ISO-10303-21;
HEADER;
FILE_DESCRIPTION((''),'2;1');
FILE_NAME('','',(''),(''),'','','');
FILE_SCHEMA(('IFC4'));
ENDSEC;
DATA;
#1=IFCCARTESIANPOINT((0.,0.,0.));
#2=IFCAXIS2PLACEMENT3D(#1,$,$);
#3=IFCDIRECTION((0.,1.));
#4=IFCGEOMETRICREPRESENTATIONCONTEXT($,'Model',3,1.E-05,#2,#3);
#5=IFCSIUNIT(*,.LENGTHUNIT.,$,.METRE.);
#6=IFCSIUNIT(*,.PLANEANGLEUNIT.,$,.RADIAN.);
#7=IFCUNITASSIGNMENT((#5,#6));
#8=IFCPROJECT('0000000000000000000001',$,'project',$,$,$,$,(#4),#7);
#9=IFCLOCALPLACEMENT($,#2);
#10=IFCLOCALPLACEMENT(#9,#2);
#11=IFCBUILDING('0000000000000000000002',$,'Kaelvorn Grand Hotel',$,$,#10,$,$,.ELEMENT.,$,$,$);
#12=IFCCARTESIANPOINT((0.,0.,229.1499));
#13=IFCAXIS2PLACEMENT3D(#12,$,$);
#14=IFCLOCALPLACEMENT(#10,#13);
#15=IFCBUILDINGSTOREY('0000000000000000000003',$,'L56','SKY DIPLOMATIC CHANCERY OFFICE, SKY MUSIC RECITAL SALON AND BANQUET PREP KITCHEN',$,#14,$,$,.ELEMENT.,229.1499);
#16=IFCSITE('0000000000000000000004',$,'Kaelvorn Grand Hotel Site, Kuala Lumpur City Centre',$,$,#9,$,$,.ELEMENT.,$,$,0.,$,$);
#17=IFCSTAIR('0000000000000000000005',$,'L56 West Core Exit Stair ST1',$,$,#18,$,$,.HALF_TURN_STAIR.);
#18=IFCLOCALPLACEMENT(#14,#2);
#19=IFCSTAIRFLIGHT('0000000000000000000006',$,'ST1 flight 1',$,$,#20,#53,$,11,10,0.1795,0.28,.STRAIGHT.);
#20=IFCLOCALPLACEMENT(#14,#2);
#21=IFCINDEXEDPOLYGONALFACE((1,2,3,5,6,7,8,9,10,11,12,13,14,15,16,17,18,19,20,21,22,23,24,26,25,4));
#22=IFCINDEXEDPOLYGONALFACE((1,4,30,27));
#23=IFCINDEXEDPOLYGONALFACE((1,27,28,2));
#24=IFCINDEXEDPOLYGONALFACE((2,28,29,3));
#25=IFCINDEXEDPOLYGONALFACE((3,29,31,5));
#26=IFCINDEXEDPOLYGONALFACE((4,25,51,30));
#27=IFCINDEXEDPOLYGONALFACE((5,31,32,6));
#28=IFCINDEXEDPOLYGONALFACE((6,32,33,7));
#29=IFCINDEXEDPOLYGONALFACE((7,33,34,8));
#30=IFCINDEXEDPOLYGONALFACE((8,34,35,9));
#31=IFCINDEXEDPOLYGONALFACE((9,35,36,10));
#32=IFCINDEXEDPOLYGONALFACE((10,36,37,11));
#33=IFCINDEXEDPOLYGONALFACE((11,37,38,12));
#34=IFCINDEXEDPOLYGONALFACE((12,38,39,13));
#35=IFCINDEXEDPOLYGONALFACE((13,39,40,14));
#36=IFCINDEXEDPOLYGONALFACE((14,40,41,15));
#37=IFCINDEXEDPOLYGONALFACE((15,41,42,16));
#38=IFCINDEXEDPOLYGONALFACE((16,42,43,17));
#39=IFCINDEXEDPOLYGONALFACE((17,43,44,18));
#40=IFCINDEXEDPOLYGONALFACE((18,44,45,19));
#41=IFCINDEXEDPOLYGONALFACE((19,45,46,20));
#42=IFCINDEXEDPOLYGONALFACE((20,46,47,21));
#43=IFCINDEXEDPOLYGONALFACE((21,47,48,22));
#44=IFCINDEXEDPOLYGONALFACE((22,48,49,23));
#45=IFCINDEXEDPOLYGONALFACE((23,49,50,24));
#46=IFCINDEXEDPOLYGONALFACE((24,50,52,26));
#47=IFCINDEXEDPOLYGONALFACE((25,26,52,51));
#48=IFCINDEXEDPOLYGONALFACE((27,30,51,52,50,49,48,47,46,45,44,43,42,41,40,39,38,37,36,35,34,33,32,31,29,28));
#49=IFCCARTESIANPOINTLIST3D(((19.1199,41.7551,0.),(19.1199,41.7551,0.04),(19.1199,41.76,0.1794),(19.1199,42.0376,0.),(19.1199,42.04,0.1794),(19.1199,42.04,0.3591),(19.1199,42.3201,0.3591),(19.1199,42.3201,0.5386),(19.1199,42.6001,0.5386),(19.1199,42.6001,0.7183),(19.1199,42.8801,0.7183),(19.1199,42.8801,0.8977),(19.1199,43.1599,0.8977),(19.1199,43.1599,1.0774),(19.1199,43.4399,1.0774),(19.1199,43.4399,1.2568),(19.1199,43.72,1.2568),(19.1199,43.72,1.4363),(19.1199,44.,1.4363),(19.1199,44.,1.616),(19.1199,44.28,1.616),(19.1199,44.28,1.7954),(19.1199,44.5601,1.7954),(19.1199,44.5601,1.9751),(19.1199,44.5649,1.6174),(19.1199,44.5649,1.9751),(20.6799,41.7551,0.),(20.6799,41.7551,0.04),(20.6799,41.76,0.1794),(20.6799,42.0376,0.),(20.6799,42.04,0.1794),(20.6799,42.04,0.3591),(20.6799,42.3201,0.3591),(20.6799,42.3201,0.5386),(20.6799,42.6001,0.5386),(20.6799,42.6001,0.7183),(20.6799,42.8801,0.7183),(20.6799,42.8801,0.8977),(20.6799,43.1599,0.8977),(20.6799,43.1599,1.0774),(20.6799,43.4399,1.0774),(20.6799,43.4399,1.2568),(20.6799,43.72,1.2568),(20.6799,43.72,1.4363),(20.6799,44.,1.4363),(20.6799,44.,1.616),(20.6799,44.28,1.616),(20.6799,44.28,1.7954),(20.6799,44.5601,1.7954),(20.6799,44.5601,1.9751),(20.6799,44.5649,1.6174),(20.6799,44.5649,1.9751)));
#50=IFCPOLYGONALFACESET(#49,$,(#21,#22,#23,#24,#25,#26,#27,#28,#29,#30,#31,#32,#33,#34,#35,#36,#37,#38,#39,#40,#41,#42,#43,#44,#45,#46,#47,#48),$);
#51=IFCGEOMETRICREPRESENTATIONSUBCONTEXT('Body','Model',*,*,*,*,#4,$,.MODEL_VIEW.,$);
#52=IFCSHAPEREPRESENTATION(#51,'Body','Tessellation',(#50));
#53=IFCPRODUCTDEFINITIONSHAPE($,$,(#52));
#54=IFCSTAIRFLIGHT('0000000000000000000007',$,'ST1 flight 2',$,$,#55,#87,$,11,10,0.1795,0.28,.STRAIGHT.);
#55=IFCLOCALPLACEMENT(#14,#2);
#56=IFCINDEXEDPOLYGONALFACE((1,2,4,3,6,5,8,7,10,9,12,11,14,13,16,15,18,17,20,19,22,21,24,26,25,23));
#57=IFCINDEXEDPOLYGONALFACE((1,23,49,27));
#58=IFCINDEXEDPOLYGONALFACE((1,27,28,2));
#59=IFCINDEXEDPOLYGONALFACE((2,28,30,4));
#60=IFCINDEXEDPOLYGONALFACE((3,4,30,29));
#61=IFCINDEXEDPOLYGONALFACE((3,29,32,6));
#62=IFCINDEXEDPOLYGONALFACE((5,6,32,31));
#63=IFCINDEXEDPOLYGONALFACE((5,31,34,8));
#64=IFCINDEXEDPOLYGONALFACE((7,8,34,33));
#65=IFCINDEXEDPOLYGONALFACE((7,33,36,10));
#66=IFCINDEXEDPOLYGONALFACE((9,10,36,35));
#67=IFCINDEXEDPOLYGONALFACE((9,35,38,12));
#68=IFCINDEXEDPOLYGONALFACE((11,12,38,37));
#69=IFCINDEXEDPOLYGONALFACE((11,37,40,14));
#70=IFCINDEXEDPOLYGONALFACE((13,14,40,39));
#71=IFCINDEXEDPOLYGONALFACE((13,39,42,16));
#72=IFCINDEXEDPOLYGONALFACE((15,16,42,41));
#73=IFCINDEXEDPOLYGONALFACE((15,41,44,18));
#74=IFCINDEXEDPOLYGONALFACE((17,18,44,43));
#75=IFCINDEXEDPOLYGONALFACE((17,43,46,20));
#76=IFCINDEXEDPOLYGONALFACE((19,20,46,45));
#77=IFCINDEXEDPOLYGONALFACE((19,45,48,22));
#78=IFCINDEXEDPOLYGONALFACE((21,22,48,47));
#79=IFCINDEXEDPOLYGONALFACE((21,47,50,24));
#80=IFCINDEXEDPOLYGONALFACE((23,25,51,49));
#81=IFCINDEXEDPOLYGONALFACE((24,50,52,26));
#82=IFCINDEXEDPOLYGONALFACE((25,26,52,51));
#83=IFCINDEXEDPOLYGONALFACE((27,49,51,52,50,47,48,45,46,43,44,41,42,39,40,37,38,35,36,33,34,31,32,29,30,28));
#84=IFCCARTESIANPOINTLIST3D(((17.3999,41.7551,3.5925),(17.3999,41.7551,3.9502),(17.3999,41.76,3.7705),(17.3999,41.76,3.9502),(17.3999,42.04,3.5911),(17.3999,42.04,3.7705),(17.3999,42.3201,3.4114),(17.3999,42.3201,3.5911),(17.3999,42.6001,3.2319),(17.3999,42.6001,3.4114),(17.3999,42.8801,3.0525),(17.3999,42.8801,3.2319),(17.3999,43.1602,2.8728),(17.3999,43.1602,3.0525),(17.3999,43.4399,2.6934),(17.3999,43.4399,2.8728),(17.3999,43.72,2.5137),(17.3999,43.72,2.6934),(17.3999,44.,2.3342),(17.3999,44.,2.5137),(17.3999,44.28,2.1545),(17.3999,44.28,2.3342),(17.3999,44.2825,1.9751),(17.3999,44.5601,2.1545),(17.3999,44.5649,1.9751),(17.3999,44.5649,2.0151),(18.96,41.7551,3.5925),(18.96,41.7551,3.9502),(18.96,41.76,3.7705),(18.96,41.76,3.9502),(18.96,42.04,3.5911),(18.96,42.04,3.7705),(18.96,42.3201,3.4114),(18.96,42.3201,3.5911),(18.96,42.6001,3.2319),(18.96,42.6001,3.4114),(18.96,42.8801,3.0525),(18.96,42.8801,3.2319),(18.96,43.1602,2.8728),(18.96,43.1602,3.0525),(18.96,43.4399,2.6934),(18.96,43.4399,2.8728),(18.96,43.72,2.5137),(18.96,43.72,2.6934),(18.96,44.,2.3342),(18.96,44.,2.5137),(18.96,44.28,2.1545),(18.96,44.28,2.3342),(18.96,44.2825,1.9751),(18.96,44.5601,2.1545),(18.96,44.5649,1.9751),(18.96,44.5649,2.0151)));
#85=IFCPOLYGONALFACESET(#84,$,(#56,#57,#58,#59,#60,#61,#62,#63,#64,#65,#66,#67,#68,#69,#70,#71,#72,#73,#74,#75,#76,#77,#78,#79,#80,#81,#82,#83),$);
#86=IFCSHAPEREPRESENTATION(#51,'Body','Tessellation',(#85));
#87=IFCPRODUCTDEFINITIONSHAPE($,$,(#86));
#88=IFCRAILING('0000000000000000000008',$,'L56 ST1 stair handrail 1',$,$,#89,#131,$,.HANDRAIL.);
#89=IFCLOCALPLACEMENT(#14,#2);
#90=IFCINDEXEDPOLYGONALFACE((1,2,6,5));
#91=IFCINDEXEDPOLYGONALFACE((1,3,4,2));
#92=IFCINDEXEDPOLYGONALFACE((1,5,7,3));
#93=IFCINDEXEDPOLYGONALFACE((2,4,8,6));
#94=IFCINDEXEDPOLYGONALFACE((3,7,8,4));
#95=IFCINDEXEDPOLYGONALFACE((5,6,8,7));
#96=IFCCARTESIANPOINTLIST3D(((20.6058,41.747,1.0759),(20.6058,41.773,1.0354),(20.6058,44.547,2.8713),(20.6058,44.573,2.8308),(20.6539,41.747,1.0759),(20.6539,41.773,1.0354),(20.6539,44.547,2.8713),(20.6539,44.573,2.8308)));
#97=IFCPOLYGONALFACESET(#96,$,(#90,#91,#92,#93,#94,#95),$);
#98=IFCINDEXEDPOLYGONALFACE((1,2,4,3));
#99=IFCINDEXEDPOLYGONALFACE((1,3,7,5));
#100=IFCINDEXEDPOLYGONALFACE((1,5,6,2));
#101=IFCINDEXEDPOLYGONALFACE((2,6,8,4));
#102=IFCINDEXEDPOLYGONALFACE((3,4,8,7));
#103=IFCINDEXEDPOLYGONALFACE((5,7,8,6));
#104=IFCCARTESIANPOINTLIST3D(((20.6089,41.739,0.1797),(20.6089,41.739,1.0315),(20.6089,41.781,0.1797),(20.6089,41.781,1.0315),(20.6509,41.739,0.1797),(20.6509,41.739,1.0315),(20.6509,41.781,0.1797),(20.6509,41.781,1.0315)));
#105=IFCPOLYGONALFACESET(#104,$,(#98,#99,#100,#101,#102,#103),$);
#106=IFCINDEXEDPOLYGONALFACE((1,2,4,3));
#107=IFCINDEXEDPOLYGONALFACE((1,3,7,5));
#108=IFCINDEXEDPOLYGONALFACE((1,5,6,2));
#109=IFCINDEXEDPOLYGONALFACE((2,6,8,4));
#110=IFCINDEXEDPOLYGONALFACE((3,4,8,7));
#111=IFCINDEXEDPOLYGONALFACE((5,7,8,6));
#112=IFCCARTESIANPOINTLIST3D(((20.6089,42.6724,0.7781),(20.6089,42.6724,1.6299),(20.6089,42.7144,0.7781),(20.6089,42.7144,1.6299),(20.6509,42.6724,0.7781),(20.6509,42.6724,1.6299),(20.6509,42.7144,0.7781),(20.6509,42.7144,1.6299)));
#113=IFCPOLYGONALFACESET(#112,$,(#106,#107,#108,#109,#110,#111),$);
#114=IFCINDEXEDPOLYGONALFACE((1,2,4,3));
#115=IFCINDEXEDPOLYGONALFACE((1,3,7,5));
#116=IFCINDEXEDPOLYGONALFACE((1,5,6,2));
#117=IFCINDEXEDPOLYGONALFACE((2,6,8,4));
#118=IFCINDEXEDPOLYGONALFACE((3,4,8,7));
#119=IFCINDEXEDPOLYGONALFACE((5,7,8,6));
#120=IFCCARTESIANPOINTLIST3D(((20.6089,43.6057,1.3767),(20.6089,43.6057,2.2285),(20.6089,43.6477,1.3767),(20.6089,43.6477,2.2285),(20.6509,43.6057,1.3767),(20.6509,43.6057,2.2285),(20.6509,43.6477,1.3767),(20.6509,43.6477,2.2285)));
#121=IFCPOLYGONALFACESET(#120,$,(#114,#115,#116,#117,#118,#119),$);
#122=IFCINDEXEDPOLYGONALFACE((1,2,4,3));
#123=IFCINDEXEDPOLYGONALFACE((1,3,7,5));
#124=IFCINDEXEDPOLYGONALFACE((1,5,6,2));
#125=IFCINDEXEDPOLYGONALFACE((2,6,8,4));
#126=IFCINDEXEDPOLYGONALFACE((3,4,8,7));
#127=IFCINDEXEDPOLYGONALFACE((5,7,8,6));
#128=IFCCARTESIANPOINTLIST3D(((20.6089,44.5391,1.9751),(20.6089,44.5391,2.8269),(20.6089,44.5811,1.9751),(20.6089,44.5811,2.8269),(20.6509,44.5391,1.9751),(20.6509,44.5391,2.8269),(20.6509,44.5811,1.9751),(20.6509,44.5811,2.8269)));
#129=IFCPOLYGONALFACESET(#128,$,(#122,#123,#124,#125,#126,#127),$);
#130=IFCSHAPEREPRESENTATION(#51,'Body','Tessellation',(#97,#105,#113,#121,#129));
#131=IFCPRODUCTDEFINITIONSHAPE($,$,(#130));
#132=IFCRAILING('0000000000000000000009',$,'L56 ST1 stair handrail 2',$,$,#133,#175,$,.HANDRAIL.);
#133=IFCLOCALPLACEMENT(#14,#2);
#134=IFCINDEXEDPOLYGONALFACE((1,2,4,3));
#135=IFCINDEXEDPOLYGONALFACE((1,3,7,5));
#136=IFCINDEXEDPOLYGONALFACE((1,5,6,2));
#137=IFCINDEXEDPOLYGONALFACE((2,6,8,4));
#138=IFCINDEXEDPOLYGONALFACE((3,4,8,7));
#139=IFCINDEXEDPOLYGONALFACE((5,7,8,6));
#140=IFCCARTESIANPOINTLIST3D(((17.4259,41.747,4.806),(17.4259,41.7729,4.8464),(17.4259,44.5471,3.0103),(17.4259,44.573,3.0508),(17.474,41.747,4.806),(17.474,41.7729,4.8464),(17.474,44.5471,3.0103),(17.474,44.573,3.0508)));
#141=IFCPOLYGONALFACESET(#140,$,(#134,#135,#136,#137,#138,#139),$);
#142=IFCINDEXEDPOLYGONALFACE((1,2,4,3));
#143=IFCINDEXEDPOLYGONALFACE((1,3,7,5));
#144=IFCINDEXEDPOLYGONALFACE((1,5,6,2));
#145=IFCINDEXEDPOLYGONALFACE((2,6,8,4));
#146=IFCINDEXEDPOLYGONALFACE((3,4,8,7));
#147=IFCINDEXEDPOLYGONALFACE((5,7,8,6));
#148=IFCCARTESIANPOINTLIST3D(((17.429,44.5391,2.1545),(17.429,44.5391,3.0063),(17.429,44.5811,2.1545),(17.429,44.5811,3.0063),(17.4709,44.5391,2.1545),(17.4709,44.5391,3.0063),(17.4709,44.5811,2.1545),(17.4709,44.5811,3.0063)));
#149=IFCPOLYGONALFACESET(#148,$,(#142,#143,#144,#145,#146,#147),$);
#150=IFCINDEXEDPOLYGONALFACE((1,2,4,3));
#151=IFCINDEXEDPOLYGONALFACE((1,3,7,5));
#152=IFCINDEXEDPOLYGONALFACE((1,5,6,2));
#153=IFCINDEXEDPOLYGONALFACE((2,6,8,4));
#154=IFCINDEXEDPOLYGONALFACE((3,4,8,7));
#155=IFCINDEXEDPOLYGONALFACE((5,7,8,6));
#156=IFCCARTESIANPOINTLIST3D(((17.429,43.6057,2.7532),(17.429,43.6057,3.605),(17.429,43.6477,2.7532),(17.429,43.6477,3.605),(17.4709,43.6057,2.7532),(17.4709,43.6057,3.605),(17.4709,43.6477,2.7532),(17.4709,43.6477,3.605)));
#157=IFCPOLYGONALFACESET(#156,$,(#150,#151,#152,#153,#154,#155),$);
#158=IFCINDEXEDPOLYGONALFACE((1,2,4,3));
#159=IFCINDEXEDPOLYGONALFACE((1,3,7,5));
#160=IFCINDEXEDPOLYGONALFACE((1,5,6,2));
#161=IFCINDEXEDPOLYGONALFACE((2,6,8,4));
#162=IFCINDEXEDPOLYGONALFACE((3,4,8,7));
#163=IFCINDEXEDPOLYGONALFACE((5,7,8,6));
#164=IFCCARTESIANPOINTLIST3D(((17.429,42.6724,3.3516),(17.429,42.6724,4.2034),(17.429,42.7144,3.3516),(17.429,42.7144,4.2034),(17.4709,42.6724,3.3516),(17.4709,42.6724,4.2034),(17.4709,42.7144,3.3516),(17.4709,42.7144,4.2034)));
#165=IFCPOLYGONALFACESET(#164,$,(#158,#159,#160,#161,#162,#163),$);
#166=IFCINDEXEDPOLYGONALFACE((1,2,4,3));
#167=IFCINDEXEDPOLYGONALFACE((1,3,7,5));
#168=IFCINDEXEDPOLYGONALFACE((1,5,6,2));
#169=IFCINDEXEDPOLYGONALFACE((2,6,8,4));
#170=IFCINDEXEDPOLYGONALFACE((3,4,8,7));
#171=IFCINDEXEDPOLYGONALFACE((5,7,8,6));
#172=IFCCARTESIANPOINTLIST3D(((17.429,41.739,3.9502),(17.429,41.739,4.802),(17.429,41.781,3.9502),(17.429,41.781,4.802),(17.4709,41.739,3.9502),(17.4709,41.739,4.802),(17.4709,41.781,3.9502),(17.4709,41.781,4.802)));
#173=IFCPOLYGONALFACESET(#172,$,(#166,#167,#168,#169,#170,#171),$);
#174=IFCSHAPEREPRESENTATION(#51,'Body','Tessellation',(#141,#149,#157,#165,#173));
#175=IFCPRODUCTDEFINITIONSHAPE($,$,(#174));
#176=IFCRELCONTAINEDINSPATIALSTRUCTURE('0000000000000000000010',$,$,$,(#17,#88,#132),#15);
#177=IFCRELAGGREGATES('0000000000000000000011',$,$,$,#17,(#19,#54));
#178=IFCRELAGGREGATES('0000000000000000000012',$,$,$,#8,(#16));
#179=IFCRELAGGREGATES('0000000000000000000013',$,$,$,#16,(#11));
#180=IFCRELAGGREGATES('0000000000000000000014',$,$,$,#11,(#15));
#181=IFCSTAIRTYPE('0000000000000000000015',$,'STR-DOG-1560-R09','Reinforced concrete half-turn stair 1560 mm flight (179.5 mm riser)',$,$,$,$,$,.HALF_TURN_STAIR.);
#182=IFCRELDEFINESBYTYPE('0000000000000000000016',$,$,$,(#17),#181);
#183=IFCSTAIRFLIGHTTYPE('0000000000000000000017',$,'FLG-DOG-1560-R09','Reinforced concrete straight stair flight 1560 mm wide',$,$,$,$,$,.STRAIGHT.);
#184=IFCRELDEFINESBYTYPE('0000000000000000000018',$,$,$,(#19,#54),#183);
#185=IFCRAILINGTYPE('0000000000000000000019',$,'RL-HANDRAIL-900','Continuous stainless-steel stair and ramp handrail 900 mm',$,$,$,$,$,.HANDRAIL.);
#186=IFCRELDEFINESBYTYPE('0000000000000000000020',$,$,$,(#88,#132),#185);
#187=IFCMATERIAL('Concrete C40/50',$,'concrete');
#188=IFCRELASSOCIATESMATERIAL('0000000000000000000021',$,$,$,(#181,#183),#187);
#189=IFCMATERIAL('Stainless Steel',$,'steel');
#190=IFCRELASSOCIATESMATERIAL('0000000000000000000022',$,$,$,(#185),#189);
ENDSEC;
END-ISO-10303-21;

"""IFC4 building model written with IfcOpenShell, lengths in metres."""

from ifc_helpers import new_model, si_unit, direction, frame, origin, origin_2d, place, context, subcontext, project, spatial, polyline, rectangle, outline, extrude, material, type_object, element, aggregate, save


model = new_model("IFC4")

# Units and contexts
model_context = context("Model", 3, precision=1e-05, world=origin(), true_north=direction((0.0, 1.0)))
body_context = subcontext(model_context, "Body", "Model", "MODEL_VIEW")
ifc_project = project(units=[si_unit("LENGTHUNIT", "METRE"), si_unit("PLANEANGLEUNIT", "RADIAN")], contexts=[model_context])

# Site, building, storey
site_placement = place(None, origin())
site = spatial("IfcSite", under=ifc_project, at=site_placement, Name="Kaelvorn Grand Hotel Site, Kuala Lumpur City Centre", CompositionType="ELEMENT", RefElevation=0.0)
building_placement = place(site_placement, origin())
building = spatial("IfcBuilding", under=site, at=building_placement, Name="Kaelvorn Grand Hotel", CompositionType="ELEMENT")
storey_placement = place(building_placement, frame((0.0, 0.0, 229.1499)))
storey = spatial("IfcBuildingStorey", under=building, at=storey_placement, Name="L56", Description="SKY DIPLOMATIC CHANCERY OFFICE, SKY MUSIC RECITAL SALON AND BANQUET PREP KITCHEN", CompositionType="ELEMENT", Elevation=229.1499)

# Shared definitions
ifc_material_1 = material(Name="Concrete C40/50", Category="concrete")

# Stair, stair flights
stair_type = type_object("IfcStairType", Name="STR-DOG-1560-R09", Description="Reinforced concrete half-turn stair 1560 mm flight (179.5 mm riser)", PredefinedType="HALF_TURN_STAIR", material=ifc_material_1)
stair_placement = place(storey_placement, origin())
stair = element("IfcStair", 1, at=stair_placement, inside=storey, type_object=stair_type, Name="L56 West Core Exit Stair ST1", PredefinedType="HALF_TURN_STAIR")
stair_flight_type = type_object("IfcStairFlightType", Name="FLG-DOG-1560-R09", Description="Reinforced concrete straight stair flight 1560 mm wide", PredefinedType="STRAIGHT", material=ifc_material_1)
stair_flight_1_placement = place(storey_placement, frame((19.8999, 41.76, 0.0), z_axis=(0.0, 0.0, 1.0), x_axis=(0.0, 1.0, 0.0)))
stair_flight_1 = element("IfcStairFlight", 2, at=stair_flight_1_placement, type_object=stair_flight_type, Name="ST1 flight 1", NumberOfRisers=11, NumberOfTreads=10, PredefinedType="STRAIGHT", RiserHeight=0.1795, TreadLength=0.28, context=body_context, shape_type="SweptSolid", body=[
    extrude(outline(polyline([(-0.0049, 0.0), (-0.0049, 0.04), (0.0, 0.1794), (0.28, 0.1794), (0.28, 0.3591), (0.5601, 0.3591), (0.5601, 0.5386), (0.8401, 0.5386), (0.8401, 0.7183), (1.1201, 0.7183), (1.1201, 0.8977), (1.3999, 0.8977), (1.3999, 1.0774), (1.6799, 1.0774), (1.6799, 1.2568), (1.96, 1.2568), (1.96, 1.4363), (2.24, 1.4363), (2.24, 1.616), (2.52, 1.616), (2.52, 1.7954), (2.8, 1.7954), (2.8, 1.9751), (2.8049, 1.9751), (2.8049, 1.6174), (0.2776, 0.0), (-0.0049, 0.0)])), frame((0.0, 0.78, 0.0), z_axis=(0.0, -1.0, 0.0), x_axis=(1.0, 0.0, 0.0)), (0.0, 0.0, 1.0), 1.5601),
])
stair_flight_2_placement = place(storey_placement, frame((18.1799, 44.5601, 1.9751), z_axis=(0.0, 0.0, 1.0), x_axis=(0.0, -1.0, 0.0)))
stair_flight_2 = element("IfcStairFlight", 3, at=stair_flight_2_placement, type_object=stair_flight_type, Name="ST1 flight 2", NumberOfRisers=11, NumberOfTreads=10, PredefinedType="STRAIGHT", RiserHeight=0.1795, TreadLength=0.28, context=body_context, shape_type="SweptSolid", body=[
    extrude(outline(polyline([(-0.0049, 0.0), (-0.0049, 0.04), (0.0, 0.1794), (0.28, 0.1794), (0.28, 0.3591), (0.5601, 0.3591), (0.5601, 0.5386), (0.8401, 0.5386), (0.8401, 0.7183), (1.1201, 0.7183), (1.1201, 0.8977), (1.3999, 0.8977), (1.3999, 1.0774), (1.6799, 1.0774), (1.6799, 1.2568), (1.96, 1.2568), (1.96, 1.4363), (2.24, 1.4363), (2.24, 1.616), (2.52, 1.616), (2.52, 1.7954), (2.8, 1.7954), (2.8, 1.9751), (2.8049, 1.9751), (2.8049, 1.6174), (0.2776, 0.0), (-0.0049, 0.0)])), frame((0.0, 0.78, 0.0), z_axis=(0.0, -1.0, 0.0), x_axis=(1.0, 0.0, 0.0)), (0.0, 0.0, 1.0), 1.5601),
])
aggregate(stair, [stair_flight_1, stair_flight_2])

# Railings
ifc_material_2 = material(Name="Stainless Steel", Category="steel")
railing_type_1 = type_object("IfcRailingType", Name="RL-HANDRAIL-900", Description="Continuous stainless-steel stair and ramp handrail 900 mm", PredefinedType="HANDRAIL", material=ifc_material_2)
railing_1_placement = place(storey_placement, frame((20.6299, 41.76, 0.1797)))
element("IfcRailing", 4, at=railing_1_placement, inside=storey, type_object=railing_type_1, Name="L56 ST1 stair handrail 1", PredefinedType="HANDRAIL", context=body_context, shape_type="SweptSolid", body=[
    extrude(rectangle(XDim=0.0481, YDim=0.0481, at=origin_2d()), frame((0.0, 0.0, 0.876), z_axis=(0.0, 0.84181, 0.539774), x_axis=(-1.0, 0.0, 0.0)), (0.0, 0.0, 1.0), 3.3262),
    extrude(rectangle(XDim=0.042, YDim=0.042, at=origin_2d()), origin(), (0.0, 0.0, 1.0), 0.8518),
    extrude(rectangle(XDim=0.042, YDim=0.042, at=origin_2d()), frame((0.0, 0.9333, 0.5984)), (0.0, 0.0, 1.0), 0.8518),
    extrude(rectangle(XDim=0.042, YDim=0.042, at=origin_2d()), frame((0.0, 1.8667, 1.197)), (0.0, 0.0, 1.0), 0.8518),
    extrude(rectangle(XDim=0.042, YDim=0.042, at=origin_2d()), frame((0.0, 2.8, 1.7954)), (0.0, 0.0, 1.0), 0.8518),
])
railing_2_placement = place(storey_placement, frame((17.45, 44.5601, 2.1545)))
element("IfcRailing", 5, at=railing_2_placement, inside=storey, type_object=railing_type_1, Name="L56 ST1 stair handrail 2", PredefinedType="HANDRAIL", context=body_context, shape_type="SweptSolid", body=[
    extrude(rectangle(XDim=0.0481, YDim=0.0481, at=origin_2d()), frame((0.0, 0.0, 0.876), z_axis=(0.0, -0.841777, 0.539826), x_axis=(1.0, 0.0, 0.0)), (0.0, 0.0, 1.0), 3.3264),
    extrude(rectangle(XDim=0.042, YDim=0.042, at=origin_2d()), origin(), (0.0, 0.0, 1.0), 0.8518),
    extrude(rectangle(XDim=0.042, YDim=0.042, at=origin_2d()), frame((0.0, -0.9333, 0.5986)), (0.0, 0.0, 1.0), 0.8518),
    extrude(rectangle(XDim=0.042, YDim=0.042, at=origin_2d()), frame((0.0, -1.8667, 1.197)), (0.0, 0.0, 1.0), 0.8518),
    extrude(rectangle(XDim=0.042, YDim=0.042, at=origin_2d()), frame((0.0, -2.8, 1.7957)), (0.0, 0.0, 1.0), 0.8518),
])

save(model, "model.ifc")
